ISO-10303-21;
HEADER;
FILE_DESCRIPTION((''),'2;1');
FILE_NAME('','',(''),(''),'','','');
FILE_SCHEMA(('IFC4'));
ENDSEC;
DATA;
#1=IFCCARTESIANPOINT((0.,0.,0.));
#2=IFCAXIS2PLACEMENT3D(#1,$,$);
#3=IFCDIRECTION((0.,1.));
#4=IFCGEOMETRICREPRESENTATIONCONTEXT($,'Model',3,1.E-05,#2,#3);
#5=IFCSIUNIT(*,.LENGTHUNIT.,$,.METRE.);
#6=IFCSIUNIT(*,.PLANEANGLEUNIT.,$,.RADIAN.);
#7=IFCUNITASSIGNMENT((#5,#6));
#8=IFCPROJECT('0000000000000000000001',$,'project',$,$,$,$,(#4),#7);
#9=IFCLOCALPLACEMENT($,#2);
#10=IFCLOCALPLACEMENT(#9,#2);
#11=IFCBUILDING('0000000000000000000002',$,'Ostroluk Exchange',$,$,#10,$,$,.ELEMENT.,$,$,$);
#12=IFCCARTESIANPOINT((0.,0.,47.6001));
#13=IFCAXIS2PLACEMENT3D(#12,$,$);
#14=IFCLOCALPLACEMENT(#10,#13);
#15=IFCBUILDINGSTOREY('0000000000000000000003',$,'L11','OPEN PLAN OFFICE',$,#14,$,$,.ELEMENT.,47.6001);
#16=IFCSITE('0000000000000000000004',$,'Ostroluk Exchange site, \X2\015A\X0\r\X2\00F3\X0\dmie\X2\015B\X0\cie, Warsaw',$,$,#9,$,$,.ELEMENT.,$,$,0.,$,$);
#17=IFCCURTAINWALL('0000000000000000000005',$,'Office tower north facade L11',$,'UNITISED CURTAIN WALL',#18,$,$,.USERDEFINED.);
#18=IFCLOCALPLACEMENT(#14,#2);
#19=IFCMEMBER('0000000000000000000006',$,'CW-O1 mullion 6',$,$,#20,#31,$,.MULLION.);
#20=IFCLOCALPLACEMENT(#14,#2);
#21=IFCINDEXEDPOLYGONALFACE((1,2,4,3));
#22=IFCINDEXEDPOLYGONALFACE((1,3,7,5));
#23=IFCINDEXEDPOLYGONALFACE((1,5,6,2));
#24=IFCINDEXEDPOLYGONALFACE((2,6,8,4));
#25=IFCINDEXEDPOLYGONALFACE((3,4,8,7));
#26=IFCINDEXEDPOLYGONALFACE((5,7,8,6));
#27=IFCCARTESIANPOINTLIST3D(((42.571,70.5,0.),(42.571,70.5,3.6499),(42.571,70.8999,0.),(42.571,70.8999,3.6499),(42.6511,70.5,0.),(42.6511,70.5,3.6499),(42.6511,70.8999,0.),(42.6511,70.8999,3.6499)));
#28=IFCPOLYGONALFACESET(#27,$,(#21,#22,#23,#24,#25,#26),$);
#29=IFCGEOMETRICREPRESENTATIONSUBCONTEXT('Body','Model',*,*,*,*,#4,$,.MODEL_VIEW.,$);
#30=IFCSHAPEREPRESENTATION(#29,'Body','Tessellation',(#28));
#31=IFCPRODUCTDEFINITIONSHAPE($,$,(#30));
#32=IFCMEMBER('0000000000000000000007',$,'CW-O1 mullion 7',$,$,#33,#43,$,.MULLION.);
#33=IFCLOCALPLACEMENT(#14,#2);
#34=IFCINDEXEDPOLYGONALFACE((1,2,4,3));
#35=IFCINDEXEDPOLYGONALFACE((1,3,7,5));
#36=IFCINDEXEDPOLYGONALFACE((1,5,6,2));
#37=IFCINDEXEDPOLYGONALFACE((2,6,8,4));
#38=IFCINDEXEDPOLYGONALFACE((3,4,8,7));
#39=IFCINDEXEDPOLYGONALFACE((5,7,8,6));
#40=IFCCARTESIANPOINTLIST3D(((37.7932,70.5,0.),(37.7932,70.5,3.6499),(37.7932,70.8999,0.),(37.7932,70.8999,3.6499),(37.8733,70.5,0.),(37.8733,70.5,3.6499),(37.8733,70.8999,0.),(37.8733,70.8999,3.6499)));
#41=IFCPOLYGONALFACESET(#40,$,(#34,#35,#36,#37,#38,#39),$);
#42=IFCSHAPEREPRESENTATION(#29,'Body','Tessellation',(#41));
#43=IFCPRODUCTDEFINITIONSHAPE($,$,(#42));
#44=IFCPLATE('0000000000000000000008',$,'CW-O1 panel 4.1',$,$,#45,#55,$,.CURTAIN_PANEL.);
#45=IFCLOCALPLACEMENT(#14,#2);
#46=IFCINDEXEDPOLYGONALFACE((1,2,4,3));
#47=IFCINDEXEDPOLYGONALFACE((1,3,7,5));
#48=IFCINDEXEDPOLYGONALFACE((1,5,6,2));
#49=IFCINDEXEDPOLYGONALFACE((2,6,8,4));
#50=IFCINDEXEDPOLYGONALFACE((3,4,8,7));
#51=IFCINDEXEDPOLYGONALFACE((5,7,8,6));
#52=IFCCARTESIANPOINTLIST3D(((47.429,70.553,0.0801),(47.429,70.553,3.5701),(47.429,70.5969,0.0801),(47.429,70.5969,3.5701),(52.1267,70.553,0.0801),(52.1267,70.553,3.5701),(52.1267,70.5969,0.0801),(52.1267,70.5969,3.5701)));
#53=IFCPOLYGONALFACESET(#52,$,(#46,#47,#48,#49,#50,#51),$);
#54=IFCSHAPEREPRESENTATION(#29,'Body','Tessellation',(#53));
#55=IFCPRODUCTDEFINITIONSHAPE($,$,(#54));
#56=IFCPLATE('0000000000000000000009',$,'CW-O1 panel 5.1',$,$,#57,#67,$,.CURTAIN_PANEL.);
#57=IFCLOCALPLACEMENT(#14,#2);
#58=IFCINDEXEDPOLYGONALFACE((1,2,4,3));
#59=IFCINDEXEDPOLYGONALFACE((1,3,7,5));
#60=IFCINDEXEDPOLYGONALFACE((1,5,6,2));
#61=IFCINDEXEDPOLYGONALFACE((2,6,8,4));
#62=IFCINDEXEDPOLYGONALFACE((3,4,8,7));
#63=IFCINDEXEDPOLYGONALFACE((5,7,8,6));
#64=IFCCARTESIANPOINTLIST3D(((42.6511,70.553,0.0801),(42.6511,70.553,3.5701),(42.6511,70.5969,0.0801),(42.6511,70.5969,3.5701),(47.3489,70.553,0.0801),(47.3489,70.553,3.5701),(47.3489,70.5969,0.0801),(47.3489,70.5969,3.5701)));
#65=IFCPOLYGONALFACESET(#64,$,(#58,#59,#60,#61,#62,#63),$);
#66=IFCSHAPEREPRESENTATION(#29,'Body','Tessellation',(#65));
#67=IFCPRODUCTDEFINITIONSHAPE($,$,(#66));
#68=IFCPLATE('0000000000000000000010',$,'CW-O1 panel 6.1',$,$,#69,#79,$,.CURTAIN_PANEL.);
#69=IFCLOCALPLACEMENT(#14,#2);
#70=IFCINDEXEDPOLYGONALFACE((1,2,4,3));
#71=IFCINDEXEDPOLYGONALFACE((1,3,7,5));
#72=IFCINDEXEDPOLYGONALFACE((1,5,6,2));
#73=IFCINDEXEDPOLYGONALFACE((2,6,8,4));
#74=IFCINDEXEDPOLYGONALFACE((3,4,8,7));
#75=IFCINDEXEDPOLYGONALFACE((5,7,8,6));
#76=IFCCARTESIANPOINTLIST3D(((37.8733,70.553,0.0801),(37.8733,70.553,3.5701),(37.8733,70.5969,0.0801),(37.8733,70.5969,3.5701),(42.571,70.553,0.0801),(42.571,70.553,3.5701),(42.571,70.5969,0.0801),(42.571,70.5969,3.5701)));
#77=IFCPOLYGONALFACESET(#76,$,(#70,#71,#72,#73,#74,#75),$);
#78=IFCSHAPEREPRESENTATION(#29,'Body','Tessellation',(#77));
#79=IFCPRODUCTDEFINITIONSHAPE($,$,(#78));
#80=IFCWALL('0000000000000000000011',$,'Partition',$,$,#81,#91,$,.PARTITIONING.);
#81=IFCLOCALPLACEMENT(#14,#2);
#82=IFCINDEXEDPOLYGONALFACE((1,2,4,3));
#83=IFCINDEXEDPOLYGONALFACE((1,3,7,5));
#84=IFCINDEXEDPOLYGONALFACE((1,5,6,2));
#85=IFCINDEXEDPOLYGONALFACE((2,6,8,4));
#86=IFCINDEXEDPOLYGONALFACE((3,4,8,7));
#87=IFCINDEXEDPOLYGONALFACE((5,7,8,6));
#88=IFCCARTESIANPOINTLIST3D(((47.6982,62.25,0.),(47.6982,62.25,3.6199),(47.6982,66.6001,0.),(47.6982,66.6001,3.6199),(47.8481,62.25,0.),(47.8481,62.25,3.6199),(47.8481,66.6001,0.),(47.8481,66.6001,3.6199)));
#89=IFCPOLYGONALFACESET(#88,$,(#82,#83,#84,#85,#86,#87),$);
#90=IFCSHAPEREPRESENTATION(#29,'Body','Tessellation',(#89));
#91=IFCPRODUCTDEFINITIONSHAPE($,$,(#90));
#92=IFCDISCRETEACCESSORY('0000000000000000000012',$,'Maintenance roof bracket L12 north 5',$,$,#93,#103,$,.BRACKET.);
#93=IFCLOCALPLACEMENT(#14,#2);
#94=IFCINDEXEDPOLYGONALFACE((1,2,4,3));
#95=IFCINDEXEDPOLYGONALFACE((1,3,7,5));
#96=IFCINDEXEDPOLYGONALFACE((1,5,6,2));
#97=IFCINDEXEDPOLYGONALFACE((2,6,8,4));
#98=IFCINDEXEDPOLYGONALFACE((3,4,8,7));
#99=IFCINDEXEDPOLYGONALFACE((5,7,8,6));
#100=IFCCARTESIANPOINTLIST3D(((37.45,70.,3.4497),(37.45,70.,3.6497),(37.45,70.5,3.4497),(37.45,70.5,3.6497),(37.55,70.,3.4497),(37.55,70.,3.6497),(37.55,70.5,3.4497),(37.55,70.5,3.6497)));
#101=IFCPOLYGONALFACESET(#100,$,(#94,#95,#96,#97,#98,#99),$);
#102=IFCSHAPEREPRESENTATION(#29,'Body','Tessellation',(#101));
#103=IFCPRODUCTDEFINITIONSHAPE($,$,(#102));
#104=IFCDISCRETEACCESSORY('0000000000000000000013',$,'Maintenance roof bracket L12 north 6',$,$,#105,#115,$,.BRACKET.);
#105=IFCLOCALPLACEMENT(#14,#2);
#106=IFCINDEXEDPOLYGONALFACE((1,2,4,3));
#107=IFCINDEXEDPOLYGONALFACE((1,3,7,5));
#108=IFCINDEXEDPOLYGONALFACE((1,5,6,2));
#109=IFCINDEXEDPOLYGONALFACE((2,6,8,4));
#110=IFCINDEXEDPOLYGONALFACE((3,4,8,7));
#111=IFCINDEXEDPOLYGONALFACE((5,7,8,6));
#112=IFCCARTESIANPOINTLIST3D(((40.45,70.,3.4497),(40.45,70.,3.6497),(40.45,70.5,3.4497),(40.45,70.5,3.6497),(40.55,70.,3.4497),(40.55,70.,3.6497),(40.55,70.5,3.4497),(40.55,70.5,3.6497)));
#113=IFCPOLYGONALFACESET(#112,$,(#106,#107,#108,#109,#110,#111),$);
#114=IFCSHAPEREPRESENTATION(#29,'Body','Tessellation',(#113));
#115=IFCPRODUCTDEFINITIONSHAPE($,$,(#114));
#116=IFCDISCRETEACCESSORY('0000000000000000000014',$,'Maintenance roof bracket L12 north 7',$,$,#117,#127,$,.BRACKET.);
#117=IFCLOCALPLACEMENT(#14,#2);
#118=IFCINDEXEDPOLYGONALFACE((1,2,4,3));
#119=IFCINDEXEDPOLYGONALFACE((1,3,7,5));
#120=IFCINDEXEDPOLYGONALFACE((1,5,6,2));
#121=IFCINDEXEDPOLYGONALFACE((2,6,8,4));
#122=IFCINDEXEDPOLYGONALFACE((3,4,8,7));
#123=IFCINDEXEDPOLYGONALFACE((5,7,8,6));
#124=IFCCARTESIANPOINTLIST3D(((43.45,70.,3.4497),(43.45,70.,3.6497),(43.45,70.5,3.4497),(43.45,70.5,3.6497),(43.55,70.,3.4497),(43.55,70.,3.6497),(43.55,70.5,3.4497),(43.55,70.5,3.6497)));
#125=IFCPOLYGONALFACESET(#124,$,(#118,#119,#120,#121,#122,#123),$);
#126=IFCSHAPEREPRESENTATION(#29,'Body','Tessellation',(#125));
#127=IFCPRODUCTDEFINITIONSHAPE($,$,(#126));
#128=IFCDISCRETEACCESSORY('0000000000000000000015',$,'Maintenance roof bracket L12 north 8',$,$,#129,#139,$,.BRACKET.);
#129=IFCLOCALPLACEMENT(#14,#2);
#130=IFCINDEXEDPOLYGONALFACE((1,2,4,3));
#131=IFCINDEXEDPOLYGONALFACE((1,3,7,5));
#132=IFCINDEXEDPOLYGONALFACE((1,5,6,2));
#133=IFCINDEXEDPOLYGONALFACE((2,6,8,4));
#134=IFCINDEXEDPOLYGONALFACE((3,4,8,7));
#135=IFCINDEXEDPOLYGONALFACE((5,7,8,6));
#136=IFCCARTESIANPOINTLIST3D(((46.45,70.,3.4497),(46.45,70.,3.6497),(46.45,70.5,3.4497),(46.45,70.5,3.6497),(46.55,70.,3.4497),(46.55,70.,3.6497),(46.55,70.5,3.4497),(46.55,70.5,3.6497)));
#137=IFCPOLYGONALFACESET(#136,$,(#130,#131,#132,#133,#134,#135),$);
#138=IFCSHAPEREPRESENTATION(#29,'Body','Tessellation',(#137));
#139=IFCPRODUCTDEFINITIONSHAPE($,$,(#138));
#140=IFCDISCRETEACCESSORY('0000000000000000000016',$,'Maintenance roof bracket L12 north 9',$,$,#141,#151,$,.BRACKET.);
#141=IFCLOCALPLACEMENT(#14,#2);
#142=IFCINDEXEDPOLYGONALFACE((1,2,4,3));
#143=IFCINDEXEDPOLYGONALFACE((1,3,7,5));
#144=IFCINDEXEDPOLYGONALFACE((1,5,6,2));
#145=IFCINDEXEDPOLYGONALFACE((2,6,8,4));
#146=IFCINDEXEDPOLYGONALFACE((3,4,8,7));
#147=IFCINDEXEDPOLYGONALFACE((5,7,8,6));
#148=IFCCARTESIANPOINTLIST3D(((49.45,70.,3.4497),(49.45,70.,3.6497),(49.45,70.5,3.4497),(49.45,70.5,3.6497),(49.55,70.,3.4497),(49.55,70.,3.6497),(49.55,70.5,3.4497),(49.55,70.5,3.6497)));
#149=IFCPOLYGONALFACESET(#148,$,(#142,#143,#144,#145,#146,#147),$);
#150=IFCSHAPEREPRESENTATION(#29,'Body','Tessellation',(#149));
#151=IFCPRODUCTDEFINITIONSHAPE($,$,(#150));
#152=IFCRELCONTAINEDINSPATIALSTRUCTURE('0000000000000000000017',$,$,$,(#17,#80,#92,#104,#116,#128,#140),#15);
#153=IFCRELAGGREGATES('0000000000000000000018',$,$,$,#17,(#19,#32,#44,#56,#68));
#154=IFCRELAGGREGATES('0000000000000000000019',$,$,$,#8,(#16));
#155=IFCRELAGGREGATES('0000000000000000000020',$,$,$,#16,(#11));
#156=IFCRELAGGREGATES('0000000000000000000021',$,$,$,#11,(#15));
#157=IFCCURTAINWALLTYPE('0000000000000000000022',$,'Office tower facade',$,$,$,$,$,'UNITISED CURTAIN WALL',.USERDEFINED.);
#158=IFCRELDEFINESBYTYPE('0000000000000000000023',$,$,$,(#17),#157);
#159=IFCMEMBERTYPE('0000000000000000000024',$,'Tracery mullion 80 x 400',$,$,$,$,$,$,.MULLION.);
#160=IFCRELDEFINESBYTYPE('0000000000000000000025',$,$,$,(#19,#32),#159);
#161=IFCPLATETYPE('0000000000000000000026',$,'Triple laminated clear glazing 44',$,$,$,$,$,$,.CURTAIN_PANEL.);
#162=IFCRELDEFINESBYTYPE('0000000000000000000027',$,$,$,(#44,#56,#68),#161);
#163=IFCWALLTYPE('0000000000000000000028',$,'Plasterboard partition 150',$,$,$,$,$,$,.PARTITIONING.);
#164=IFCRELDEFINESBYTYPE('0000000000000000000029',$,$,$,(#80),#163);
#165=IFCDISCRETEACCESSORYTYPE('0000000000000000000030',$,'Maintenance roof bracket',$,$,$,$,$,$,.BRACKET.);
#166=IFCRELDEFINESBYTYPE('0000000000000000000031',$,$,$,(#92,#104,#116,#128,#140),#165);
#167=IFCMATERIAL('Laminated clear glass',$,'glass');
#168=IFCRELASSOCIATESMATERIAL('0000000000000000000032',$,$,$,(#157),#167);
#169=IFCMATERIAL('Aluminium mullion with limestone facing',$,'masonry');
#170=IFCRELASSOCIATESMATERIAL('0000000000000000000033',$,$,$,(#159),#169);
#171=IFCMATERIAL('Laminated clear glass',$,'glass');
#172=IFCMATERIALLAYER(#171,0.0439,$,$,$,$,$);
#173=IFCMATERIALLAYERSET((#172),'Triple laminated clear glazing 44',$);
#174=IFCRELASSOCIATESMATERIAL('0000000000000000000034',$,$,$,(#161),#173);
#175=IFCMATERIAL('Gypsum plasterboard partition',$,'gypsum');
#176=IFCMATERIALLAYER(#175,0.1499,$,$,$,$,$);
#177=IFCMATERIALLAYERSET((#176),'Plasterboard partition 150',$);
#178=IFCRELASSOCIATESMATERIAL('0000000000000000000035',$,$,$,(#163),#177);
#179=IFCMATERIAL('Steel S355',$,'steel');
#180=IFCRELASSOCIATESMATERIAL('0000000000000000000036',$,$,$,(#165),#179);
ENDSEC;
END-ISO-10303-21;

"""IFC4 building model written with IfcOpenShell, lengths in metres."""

from ifc_helpers import new_model, si_unit, direction, frame, frame_2d, origin, origin_2d, place, context, subcontext, project, spatial, rectangle, extrude, material, layer, layer_set, material_profile, profile_set, type_object, element, aggregate, save


model = new_model("IFC4")

# Units and contexts
model_context = context("Model", 3, precision=1e-05, world=origin(), true_north=direction((0.0, 1.0)))
body_context = subcontext(model_context, "Body", "Model", "MODEL_VIEW")
ifc_project = project(units=[si_unit("LENGTHUNIT", "METRE"), si_unit("PLANEANGLEUNIT", "RADIAN")], contexts=[model_context])

# Site, building, storey
site_placement = place(None, origin())
site = spatial("IfcSite", under=ifc_project, at=site_placement, Name="Ostroluk Exchange site, Śródmieście, Warsaw", CompositionType="ELEMENT", RefElevation=0.0)
building_placement = place(site_placement, origin())
building = spatial("IfcBuilding", under=site, at=building_placement, Name="Ostroluk Exchange", CompositionType="ELEMENT")
storey_placement = place(building_placement, frame((0.0, 0.0, 47.6001)))
storey = spatial("IfcBuildingStorey", under=building, at=storey_placement, Name="L11", Description="OPEN PLAN OFFICE", CompositionType="ELEMENT", Elevation=47.6001)

# Curtain wall, members, plates
ifc_material_1 = material(Name="Laminated clear glass", Category="glass")
curtain_wall_type = type_object("IfcCurtainWallType", Name="Office tower facade", ElementType="UNITISED CURTAIN WALL", PredefinedType="USERDEFINED", material=ifc_material_1)
curtain_wall_placement = place(storey_placement, origin())
curtain_wall = element("IfcCurtainWall", 1, at=curtain_wall_placement, inside=storey, type_object=curtain_wall_type, Name="Office tower north facade L11", ObjectType="UNITISED CURTAIN WALL", PredefinedType="USERDEFINED")
ifc_material_2 = material(Name="Aluminium mullion with limestone facing", Category="masonry")
ifc_material_profile_1 = material_profile(ifc_material_2, rectangle(XDim=0.3999, YDim=0.0801, at=origin_2d()), Name="Tracery mullion 80 x 400")
ifc_profile_set_1 = profile_set([ifc_material_profile_1], Name="Aluminium mullion with limestone facing")
member_type_1 = type_object("IfcMemberType", Name="Tracery mullion 80 x 400", PredefinedType="MULLION", material=ifc_profile_set_1)
member_1_placement = place(storey_placement, frame((42.6111, 70.7, 0.0), z_axis=(0.0, 0.0, 1.0), x_axis=(0.0, -1.0, 0.0)))
member_1 = element("IfcMember", 2, at=member_1_placement, type_object=member_type_1, Name="CW-O1 mullion 6", PredefinedType="MULLION", context=body_context, shape_type="SweptSolid", body=[
    extrude(rectangle(XDim=0.3999, YDim=0.0801, at=origin_2d()), origin(), (0.0, 0.0, 1.0), 3.6499),
])
member_2_placement = place(storey_placement, frame((37.8333, 70.7, 0.0), z_axis=(0.0, 0.0, 1.0), x_axis=(0.0, -1.0, 0.0)))
member_2 = element("IfcMember", 3, at=member_2_placement, type_object=member_type_1, Name="CW-O1 mullion 7", PredefinedType="MULLION", context=body_context, shape_type="SweptSolid", body=[
    extrude(rectangle(XDim=0.3999, YDim=0.0801, at=origin_2d()), origin(), (0.0, 0.0, 1.0), 3.6499),
])
ifc_material_3 = material(Name="Laminated clear glass", Category="glass")
ifc_layer_1 = layer(ifc_material_3, 0.0439)
ifc_layer_set_1 = layer_set([ifc_layer_1], Name="Triple laminated clear glazing 44")
plate_type = type_object("IfcPlateType", Name="Triple laminated clear glazing 44", PredefinedType="CURTAIN_PANEL", material=ifc_layer_set_1)
plate_1_placement = place(storey_placement, frame((49.7778, 70.575, 0.0801), z_axis=(0.0, 0.0, 1.0), x_axis=(-1.0, 0.0, 0.0)))
plate_1 = element("IfcPlate", 4, at=plate_1_placement, type_object=plate_type, Name="CW-O1 panel 4.1", PredefinedType="CURTAIN_PANEL", context=body_context, shape_type="SweptSolid", body=[
    extrude(rectangle(XDim=4.6978, YDim=0.0439, at=origin_2d()), origin(), (0.0, 0.0, 1.0), 3.49),
])
plate_2_placement = place(storey_placement, frame((45.0, 70.575, 0.0801), z_axis=(0.0, 0.0, 1.0), x_axis=(-1.0, 0.0, 0.0)))
plate_2 = element("IfcPlate", 5, at=plate_2_placement, type_object=plate_type, Name="CW-O1 panel 5.1", PredefinedType="CURTAIN_PANEL", context=body_context, shape_type="SweptSolid", body=[
    extrude(rectangle(XDim=4.6978, YDim=0.0439, at=origin_2d()), origin(), (0.0, 0.0, 1.0), 3.49),
])
plate_3_placement = place(storey_placement, frame((40.2222, 70.575, 0.0801), z_axis=(0.0, 0.0, 1.0), x_axis=(-1.0, 0.0, 0.0)))
plate_3 = element("IfcPlate", 6, at=plate_3_placement, type_object=plate_type, Name="CW-O1 panel 6.1", PredefinedType="CURTAIN_PANEL", context=body_context, shape_type="SweptSolid", body=[
    extrude(rectangle(XDim=4.6978, YDim=0.0439, at=origin_2d()), origin(), (0.0, 0.0, 1.0), 3.49),
])
aggregate(curtain_wall, [member_1, member_2, plate_1, plate_2, plate_3])

# Wall
ifc_material_4 = material(Name="Gypsum plasterboard partition", Category="gypsum")
ifc_layer_2 = layer(ifc_material_4, 0.1499)
ifc_layer_set_2 = layer_set([ifc_layer_2], Name="Plasterboard partition 150")
wall_type = type_object("IfcWallType", Name="Plasterboard partition 150", PredefinedType="PARTITIONING", material=ifc_layer_set_2)
wall_placement = place(storey_placement, frame((47.7732, 62.25, 0.0), z_axis=(0.0, 0.0, 1.0), x_axis=(0.0, 1.0, 0.0)))
element("IfcWall", 7, at=wall_placement, inside=storey, type_object=wall_type, Name="Partition", PredefinedType="PARTITIONING", context=body_context, shape_type="SweptSolid", body=[
    extrude(rectangle(XDim=4.3501, YDim=0.1499, at=frame_2d((2.175, 0.0))), origin(), (0.0, 0.0, 1.0), 3.6199),
])

# Discrete accessories
ifc_material_5 = material(Name="Steel S355", Category="steel")
discrete_accessory_type = type_object("IfcDiscreteAccessoryType", Name="Maintenance roof bracket", PredefinedType="BRACKET", material=ifc_material_5)
for number, where, z_axis, x_axis, name in (
    (8, (37.5, 70.25, 3.4497), (0.0, 0.0, 1.0), (1.0, 0.0, 0.0), "Maintenance roof bracket L12 north 5"),
    (9, (40.5, 70.25, 3.4497), (0.0, 0.0, 1.0), (1.0, 0.0, 0.0), "Maintenance roof bracket L12 north 6"),
    (10, (43.5, 70.25, 3.4497), (0.0, 0.0, 1.0), (1.0, 0.0, 0.0), "Maintenance roof bracket L12 north 7"),
    (11, (46.5, 70.25, 3.4497), (0.0, 0.0, 1.0), (1.0, 0.0, 0.0), "Maintenance roof bracket L12 north 8"),
    (12, (49.5, 70.25, 3.4497), (0.0, 0.0, 1.0), (1.0, 0.0, 0.0), "Maintenance roof bracket L12 north 9"),
):
    element("IfcDiscreteAccessory", number, at=place(storey_placement, frame(where, z_axis=z_axis, x_axis=x_axis)), inside=storey, type_object=discrete_accessory_type, Name=name, PredefinedType="BRACKET", context=body_context, shape_type="SweptSolid", body=[
        extrude(rectangle(XDim=0.1001, YDim=0.5, at=origin_2d()), origin(), (0.0, 0.0, 1.0), 0.2),
    ])

save(model, "model.ifc")
